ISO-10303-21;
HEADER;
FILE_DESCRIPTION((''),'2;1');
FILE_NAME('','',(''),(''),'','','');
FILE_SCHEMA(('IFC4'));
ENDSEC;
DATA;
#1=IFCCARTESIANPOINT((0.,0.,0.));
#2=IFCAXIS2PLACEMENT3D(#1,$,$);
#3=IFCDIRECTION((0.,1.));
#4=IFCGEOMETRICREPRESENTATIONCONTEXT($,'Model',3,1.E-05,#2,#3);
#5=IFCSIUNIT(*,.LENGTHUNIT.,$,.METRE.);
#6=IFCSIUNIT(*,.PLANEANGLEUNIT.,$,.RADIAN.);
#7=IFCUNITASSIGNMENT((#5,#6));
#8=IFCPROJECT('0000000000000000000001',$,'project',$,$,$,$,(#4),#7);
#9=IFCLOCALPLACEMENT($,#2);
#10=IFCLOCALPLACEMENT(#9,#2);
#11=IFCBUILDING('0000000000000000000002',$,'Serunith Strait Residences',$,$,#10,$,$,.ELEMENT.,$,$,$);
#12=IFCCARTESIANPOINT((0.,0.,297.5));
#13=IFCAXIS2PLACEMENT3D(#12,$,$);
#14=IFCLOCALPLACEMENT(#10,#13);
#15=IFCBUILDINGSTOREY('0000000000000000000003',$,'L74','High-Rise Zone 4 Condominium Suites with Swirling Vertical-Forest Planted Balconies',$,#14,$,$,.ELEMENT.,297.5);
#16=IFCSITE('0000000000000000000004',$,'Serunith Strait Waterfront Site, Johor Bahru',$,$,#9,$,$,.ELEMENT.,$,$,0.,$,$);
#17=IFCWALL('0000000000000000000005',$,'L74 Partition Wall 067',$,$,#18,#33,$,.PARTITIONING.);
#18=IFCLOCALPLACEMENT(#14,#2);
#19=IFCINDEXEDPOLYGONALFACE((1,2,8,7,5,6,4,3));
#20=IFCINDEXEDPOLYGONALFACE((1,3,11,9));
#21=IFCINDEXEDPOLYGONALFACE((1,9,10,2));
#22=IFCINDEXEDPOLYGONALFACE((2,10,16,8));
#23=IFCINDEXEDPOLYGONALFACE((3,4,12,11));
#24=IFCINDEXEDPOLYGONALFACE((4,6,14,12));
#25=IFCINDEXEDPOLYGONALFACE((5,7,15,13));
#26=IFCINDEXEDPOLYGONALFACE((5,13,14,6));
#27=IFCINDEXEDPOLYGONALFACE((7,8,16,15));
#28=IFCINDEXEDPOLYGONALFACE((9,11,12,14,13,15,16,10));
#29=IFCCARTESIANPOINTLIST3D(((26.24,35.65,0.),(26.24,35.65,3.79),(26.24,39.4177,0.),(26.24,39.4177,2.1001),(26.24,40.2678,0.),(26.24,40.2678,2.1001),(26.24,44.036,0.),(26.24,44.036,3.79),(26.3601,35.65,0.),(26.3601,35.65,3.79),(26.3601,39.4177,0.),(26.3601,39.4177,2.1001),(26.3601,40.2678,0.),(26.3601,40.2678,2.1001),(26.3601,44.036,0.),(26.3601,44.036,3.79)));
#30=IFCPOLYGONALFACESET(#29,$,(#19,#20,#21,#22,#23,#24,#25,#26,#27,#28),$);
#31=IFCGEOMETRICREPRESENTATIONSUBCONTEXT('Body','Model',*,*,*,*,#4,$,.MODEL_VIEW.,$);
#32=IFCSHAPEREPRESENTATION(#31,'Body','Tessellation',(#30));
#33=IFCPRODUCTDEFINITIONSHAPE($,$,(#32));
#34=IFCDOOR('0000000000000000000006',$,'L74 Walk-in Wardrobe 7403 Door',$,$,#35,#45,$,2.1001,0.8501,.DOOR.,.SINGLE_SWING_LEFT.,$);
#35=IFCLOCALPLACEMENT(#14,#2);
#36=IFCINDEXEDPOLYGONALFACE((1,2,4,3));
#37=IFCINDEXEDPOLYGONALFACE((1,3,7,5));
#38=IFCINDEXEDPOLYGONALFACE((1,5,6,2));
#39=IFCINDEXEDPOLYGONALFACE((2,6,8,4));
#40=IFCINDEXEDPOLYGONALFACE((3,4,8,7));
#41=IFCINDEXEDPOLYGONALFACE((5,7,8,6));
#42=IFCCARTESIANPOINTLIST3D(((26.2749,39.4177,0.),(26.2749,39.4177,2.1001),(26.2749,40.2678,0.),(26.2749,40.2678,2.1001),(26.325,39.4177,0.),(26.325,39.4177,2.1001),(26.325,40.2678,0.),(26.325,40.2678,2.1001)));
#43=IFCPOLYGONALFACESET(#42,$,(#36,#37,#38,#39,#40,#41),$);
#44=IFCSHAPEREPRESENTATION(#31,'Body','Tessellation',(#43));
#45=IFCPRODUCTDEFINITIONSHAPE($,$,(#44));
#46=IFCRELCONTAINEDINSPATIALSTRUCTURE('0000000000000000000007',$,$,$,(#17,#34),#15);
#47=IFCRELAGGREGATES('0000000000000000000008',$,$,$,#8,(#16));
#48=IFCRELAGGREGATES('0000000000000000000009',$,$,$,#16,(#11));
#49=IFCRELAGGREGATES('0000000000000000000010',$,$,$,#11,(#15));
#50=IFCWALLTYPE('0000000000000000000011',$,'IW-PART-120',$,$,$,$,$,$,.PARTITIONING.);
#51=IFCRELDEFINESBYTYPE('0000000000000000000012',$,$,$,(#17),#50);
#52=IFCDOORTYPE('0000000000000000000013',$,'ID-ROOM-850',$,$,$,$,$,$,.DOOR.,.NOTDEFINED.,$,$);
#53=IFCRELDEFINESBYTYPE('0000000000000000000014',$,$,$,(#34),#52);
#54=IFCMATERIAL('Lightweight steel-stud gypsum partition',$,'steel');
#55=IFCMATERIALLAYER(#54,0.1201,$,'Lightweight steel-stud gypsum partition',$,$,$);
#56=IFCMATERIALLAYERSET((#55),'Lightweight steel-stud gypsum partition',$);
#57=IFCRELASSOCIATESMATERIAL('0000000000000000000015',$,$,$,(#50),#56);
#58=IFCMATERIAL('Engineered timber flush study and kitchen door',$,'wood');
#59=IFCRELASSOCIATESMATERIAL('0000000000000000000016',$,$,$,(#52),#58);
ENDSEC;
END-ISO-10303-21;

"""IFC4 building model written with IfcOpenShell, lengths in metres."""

from ifc_helpers import new_model, si_unit, direction, frame, frame_2d, origin, place, context, subcontext, project, spatial, rectangle, extrude, source, transform, mapped, material, layer, layer_set, type_object, element, fill, save


model = new_model("IFC4")

# Units and contexts
model_context = context("Model", 3, precision=1e-05, world=origin(), true_north=direction((0.0, 1.0)))
body_context = subcontext(model_context, "Body", "Model", "MODEL_VIEW")
ifc_project = project(units=[si_unit("LENGTHUNIT", "METRE"), si_unit("PLANEANGLEUNIT", "RADIAN")], contexts=[model_context])

# Site, building, storey
site_placement = place(None, origin())
site = spatial("IfcSite", under=ifc_project, at=site_placement, Name="Serunith Strait Waterfront Site, Johor Bahru", CompositionType="ELEMENT", RefElevation=0.0)
building_placement = place(site_placement, origin())
building = spatial("IfcBuilding", under=site, at=building_placement, Name="Serunith Strait Residences", CompositionType="ELEMENT")
storey_placement = place(building_placement, frame((0.0, 0.0, 297.5)))
storey = spatial("IfcBuildingStorey", under=building, at=storey_placement, Name="L74", Description="High-Rise Zone 4 Condominium Suites with Swirling Vertical-Forest Planted Balconies", CompositionType="ELEMENT", Elevation=297.5)

# Shared definitions
ifc_material_1 = material(Name="Lightweight steel-stud gypsum partition", Category="steel")
ifc_layer_1 = layer(ifc_material_1, 0.1201, Name="Lightweight steel-stud gypsum partition")
ifc_layer_set_1 = layer_set([ifc_layer_1], Name="Lightweight steel-stud gypsum partition")
wall_type = type_object("IfcWallType", Name="IW-PART-120", PredefinedType="PARTITIONING", material=ifc_layer_set_1)
ifc_material_2 = material(Name="Engineered timber flush study and kitchen door", Category="wood")
door_type_1 = type_object("IfcDoorType", Name="ID-ROOM-850", OperationType="NOTDEFINED", PredefinedType="DOOR", material=ifc_material_2)
shared_shape_1 = source(origin(), body_context, "Body", "SweptSolid", [
    extrude(rectangle(XDim=0.8501, YDim=2.1001, at=frame_2d((0.425, 1.05))), frame((0.0, 0.0249, 0.0), z_axis=(0.0, -1.0, 0.0), x_axis=(1.0, 0.0, 0.0)), (0.0, 0.0, 1.0), 0.05),
])

# Wall, opening, door
wall_1_placement = place(storey_placement, frame((26.3, 44.0359, 0.0), z_axis=(0.0, 0.0, 1.0), x_axis=(0.0, -1.0, 0.0)))
wall_1 = element("IfcWall", 1, at=wall_1_placement, inside=storey, type_object=wall_type, Name="L74 Partition Wall 067", PredefinedType="PARTITIONING", context=body_context, shape_type="SweptSolid", body=[
    extrude(rectangle(XDim=8.386, YDim=0.1201, at=frame_2d((4.1929, 0.0))), origin(), (0.0, 0.0, 1.0), 3.79),
])
opening_1_placement = place(wall_1_placement, frame((3.7681, 0.0, 0.0)))
opening_1 = element("IfcOpeningElement", 2, at=opening_1_placement, cuts=wall_1, PredefinedType="OPENING", context=body_context, shape_type="SweptSolid", body=[
    extrude(rectangle(XDim=0.8501, YDim=2.1001, at=frame_2d((0.425, 1.05))), frame((0.0, 0.0701, 0.0), z_axis=(0.0, -1.0, 0.0), x_axis=(1.0, 0.0, 0.0)), (0.0, 0.0, 1.0), 0.1401),
])
door_1_placement = place(opening_1_placement, origin())
door_1 = element("IfcDoor", 3, at=door_1_placement, inside=storey, type_object=door_type_1, Name="L74 Walk-in Wardrobe 7403 Door", OperationType="SINGLE_SWING_LEFT", OverallHeight=2.1001, OverallWidth=0.8501, PredefinedType="DOOR", context=body_context, shape_type="MappedRepresentation", body=[
    mapped(shared_shape_1, transform((0.0, 0.0, 0.0), scale=1.0)),
])
fill(opening_1, door_1)

save(model, "model.ifc")
